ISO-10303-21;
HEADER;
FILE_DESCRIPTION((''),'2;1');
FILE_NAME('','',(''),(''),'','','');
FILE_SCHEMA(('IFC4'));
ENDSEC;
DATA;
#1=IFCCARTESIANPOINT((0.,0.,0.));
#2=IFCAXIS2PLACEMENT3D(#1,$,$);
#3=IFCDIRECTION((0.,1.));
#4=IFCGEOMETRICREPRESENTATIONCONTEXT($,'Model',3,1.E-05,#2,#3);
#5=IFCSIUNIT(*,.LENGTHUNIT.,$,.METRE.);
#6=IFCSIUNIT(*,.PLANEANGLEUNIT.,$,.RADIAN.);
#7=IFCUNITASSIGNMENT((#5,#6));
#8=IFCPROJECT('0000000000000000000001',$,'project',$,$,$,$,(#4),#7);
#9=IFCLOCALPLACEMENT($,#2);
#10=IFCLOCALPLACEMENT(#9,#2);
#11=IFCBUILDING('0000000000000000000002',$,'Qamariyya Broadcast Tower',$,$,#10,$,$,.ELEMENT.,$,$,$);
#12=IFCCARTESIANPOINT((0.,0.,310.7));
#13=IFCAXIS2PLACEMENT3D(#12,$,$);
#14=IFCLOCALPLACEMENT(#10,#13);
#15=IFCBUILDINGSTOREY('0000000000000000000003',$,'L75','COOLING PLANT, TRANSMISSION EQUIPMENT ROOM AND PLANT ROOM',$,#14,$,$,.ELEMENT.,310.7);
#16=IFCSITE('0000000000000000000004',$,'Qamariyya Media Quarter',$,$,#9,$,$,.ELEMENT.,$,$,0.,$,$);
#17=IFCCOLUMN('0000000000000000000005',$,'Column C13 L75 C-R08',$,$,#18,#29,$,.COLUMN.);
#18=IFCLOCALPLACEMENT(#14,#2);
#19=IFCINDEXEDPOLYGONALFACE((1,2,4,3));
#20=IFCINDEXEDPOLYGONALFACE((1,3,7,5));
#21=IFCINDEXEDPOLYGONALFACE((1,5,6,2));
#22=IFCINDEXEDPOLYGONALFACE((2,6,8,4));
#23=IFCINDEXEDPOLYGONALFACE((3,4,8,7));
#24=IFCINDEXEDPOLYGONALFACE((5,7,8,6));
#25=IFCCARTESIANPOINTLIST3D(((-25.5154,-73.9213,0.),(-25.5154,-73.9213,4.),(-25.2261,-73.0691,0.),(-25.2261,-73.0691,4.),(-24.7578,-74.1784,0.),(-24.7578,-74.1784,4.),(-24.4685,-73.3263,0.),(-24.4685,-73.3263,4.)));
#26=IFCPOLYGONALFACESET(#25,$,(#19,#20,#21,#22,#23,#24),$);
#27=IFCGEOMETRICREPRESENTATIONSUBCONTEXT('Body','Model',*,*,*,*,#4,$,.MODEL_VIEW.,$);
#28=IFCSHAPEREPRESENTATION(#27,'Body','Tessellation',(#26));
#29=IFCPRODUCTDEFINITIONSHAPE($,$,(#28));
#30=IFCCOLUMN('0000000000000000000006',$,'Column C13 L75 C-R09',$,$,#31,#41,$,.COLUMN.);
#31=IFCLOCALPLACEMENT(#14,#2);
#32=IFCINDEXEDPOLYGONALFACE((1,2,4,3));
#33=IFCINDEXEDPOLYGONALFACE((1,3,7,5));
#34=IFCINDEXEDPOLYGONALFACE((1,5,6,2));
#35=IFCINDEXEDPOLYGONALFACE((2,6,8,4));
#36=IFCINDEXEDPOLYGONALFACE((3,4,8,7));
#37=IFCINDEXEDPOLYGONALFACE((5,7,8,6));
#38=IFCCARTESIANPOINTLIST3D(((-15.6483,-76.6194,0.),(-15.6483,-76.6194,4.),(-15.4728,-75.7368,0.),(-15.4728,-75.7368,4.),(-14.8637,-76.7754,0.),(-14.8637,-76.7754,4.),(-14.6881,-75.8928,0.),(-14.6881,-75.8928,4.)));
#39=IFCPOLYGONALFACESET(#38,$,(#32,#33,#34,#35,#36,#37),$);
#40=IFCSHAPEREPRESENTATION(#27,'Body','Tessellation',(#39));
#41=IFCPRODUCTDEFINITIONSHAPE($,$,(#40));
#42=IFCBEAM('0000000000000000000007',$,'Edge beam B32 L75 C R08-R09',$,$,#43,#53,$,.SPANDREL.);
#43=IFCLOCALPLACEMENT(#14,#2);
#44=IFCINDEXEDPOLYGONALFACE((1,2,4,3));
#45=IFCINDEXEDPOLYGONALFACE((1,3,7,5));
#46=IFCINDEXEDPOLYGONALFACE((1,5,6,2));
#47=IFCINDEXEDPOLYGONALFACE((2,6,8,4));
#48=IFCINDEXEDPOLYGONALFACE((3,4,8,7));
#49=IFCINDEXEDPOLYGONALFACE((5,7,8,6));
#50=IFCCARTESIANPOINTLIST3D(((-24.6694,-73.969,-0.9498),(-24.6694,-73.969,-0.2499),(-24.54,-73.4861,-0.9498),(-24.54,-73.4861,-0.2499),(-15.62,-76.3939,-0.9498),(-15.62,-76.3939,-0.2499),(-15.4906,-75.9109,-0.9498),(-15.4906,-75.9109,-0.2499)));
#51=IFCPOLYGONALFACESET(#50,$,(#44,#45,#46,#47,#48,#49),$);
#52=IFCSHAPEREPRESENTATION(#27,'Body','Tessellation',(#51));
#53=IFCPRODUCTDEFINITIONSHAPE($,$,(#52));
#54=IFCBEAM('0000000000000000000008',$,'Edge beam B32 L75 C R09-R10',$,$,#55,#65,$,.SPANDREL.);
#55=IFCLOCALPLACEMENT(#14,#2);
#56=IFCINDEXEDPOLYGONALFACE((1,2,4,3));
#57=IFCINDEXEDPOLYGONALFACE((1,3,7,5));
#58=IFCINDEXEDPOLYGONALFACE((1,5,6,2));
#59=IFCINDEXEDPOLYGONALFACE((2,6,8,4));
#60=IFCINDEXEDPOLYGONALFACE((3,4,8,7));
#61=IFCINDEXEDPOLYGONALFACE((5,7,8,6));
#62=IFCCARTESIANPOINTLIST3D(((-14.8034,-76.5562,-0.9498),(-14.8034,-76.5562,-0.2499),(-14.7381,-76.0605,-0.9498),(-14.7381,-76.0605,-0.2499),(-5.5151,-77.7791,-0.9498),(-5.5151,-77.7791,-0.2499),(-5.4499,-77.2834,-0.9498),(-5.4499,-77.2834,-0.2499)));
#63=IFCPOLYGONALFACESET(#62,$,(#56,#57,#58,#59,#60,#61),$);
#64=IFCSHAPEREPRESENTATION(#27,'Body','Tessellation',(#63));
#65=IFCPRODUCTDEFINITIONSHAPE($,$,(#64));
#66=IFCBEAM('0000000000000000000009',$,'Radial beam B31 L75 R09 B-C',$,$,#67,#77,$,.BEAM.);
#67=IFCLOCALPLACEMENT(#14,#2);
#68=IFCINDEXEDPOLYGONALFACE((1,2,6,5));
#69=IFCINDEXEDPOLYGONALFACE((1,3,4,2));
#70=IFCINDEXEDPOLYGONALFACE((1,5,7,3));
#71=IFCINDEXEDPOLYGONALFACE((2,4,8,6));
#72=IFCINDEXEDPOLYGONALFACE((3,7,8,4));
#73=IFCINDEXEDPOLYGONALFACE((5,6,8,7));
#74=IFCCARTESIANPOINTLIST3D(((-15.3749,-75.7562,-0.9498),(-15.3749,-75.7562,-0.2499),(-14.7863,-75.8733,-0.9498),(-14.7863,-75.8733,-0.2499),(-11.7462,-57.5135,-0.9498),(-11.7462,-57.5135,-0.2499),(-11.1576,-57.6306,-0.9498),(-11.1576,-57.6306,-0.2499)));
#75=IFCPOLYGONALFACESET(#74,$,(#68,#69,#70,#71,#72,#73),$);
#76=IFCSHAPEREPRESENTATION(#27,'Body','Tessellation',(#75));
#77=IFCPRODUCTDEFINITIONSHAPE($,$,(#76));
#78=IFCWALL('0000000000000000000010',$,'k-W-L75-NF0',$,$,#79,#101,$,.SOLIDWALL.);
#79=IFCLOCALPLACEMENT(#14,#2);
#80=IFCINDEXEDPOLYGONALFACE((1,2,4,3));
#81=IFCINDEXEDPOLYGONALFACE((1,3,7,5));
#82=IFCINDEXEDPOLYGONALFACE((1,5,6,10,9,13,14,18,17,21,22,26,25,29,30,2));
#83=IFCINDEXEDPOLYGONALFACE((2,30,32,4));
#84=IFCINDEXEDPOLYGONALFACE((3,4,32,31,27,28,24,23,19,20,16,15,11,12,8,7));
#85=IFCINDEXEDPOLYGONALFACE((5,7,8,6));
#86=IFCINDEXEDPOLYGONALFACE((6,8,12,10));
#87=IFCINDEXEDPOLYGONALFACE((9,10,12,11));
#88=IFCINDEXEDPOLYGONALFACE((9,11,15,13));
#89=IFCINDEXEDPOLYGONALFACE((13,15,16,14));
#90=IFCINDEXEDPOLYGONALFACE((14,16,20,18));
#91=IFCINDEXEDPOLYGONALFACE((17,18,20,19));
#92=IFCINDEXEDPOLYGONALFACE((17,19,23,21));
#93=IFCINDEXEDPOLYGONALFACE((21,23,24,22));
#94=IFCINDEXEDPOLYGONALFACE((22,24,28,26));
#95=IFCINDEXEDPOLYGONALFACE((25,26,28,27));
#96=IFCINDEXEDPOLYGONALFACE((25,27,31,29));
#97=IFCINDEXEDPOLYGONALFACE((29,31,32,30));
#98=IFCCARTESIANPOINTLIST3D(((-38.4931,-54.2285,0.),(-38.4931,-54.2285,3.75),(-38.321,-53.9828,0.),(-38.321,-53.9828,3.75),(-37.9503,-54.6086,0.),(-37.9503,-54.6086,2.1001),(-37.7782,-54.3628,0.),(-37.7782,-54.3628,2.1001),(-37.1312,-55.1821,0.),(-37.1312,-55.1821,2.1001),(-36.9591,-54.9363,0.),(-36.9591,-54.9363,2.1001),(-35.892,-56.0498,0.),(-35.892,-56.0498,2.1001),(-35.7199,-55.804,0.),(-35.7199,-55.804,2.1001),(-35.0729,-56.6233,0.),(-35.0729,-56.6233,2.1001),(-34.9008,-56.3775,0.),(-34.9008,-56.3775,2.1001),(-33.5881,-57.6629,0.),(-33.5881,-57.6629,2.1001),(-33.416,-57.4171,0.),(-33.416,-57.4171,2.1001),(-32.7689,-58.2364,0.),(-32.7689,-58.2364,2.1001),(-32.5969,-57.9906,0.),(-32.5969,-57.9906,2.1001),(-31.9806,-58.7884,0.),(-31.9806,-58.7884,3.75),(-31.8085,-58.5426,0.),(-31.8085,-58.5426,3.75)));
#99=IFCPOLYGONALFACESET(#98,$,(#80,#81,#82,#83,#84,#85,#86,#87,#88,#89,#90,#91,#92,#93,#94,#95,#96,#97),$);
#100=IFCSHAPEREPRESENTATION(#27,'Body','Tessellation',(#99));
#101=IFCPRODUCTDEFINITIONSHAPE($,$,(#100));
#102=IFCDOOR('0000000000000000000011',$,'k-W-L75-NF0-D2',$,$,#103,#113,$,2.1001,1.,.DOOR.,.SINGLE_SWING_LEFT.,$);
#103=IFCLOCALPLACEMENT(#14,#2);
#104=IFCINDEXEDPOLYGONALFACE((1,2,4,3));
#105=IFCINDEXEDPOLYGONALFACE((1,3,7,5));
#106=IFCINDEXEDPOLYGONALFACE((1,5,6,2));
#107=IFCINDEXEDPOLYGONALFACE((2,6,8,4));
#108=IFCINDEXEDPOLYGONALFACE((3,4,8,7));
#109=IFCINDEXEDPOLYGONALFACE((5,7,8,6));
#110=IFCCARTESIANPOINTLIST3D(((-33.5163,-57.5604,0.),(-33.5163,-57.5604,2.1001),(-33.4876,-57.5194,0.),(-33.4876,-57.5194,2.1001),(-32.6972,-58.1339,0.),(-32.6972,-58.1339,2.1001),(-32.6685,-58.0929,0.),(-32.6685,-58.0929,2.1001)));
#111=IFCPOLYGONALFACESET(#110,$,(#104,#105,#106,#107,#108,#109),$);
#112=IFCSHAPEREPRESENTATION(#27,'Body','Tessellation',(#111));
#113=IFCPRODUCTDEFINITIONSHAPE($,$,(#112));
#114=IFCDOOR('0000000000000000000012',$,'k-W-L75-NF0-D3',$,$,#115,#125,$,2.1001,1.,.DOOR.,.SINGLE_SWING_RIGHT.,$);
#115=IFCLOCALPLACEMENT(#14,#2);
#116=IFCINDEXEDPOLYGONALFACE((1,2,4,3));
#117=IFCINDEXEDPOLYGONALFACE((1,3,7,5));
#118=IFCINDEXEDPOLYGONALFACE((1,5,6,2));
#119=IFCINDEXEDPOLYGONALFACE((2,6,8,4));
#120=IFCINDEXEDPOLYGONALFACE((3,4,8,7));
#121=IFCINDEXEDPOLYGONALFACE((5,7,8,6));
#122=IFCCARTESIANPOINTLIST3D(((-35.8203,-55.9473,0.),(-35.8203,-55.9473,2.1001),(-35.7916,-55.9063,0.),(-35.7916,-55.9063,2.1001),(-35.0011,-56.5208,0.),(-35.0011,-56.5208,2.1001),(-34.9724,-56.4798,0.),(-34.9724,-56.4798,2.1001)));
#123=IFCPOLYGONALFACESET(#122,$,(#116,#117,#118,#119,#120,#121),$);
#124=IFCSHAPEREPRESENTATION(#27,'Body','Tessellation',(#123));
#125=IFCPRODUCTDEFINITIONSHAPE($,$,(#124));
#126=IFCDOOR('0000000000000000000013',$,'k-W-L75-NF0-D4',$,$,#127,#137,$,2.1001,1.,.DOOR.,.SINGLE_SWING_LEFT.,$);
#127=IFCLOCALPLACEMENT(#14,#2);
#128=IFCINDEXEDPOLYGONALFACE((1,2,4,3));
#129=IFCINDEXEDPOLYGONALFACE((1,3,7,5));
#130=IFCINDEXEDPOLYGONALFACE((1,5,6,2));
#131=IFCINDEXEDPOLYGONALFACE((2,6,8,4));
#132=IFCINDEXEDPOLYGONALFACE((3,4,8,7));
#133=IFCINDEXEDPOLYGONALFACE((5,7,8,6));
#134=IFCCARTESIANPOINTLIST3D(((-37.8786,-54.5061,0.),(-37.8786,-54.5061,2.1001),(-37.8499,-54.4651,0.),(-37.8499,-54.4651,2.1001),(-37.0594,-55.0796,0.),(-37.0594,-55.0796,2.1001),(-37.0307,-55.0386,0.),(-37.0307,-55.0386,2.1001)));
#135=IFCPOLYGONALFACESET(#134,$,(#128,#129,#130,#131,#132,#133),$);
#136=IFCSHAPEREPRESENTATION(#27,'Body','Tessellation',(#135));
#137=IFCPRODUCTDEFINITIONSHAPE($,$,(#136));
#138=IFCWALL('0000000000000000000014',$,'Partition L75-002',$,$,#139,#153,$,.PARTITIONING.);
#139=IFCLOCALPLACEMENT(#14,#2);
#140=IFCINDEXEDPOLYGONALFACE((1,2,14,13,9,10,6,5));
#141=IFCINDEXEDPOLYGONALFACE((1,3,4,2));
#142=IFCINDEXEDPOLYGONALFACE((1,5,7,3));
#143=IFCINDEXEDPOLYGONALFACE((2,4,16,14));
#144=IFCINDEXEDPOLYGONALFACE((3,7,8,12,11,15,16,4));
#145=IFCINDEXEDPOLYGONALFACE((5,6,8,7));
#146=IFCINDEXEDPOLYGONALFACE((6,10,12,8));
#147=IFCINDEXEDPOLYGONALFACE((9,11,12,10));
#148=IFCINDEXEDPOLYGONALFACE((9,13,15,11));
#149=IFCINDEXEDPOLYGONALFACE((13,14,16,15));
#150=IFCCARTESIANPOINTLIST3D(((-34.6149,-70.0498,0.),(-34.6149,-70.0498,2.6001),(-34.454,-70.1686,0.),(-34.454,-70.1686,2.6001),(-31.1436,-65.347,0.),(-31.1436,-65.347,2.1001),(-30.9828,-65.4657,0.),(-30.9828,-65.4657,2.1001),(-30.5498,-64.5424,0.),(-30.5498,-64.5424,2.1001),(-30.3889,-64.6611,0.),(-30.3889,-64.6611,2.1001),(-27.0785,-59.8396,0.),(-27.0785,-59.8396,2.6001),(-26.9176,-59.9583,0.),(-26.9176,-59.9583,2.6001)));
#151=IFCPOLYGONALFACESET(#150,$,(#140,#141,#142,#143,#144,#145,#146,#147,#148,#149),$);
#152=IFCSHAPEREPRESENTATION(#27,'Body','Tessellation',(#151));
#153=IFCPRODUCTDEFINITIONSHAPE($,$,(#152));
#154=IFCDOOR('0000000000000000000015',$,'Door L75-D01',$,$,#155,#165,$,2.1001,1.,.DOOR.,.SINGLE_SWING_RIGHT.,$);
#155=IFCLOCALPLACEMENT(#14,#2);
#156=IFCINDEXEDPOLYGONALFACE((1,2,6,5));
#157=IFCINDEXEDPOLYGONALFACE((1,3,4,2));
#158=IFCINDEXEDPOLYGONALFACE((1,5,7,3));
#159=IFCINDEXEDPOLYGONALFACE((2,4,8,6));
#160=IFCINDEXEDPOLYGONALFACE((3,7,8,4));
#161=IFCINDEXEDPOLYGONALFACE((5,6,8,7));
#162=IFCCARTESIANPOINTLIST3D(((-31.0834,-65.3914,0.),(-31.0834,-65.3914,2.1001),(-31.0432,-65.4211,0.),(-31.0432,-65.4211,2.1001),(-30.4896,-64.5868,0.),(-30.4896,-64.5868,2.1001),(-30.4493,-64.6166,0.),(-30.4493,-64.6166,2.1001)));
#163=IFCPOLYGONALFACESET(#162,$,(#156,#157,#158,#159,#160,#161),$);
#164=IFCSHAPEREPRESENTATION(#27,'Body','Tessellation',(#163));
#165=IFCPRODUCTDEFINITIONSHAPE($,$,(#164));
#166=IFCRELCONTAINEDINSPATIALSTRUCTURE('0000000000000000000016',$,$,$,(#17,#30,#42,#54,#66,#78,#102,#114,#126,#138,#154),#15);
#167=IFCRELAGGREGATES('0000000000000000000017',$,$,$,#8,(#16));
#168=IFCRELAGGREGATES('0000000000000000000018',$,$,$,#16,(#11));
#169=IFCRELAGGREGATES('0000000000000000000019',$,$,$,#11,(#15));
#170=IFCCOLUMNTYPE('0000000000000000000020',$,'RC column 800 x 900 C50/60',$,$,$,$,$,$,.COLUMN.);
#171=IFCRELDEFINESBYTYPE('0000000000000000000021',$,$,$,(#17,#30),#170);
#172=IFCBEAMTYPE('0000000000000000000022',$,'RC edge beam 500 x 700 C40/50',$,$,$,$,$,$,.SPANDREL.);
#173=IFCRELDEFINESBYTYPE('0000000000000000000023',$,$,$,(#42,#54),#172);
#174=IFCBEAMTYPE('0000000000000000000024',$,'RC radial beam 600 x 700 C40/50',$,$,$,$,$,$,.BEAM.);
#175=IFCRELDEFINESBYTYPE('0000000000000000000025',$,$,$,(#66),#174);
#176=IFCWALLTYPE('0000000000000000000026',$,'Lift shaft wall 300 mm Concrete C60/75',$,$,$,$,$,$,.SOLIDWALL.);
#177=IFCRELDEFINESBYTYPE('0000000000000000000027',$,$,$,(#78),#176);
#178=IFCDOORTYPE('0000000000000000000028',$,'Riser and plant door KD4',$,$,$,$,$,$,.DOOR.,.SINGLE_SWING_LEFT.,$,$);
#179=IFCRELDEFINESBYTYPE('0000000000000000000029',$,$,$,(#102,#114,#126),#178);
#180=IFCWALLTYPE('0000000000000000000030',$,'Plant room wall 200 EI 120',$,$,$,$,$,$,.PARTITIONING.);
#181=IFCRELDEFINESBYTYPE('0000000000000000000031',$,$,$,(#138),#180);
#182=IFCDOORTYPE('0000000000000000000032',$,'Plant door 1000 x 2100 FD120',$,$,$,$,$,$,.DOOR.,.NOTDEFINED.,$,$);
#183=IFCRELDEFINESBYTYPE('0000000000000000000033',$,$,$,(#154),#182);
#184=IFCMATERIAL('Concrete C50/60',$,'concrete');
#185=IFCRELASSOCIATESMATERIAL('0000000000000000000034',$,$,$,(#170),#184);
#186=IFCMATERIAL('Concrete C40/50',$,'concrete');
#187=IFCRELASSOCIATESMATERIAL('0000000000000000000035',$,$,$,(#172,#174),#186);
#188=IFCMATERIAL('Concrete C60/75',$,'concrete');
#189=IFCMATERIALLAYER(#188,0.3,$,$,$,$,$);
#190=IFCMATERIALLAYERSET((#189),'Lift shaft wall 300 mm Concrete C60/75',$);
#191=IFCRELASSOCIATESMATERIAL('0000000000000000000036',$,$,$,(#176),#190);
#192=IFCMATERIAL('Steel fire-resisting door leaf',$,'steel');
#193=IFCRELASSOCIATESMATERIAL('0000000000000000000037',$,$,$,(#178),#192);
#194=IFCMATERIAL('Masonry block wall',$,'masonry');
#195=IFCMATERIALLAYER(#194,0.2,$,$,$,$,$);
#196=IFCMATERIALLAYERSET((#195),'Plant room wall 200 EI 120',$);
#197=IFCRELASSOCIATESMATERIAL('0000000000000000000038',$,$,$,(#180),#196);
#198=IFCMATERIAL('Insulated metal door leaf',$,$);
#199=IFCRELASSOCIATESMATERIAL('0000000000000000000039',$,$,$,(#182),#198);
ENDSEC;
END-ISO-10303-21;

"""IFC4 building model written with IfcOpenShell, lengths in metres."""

from ifc_helpers import new_model, si_unit, direction, frame, frame_2d, origin, origin_2d, place, context, subcontext, project, spatial, rectangle, extrude, material, layer, layer_set, material_profile, profile_set, type_object, element, fill, save


model = new_model("IFC4")

# Units and contexts
model_context = context("Model", 3, precision=1e-05, world=origin(), true_north=direction((0.0, 1.0)))
body_context = subcontext(model_context, "Body", "Model", "MODEL_VIEW")
ifc_project = project(units=[si_unit("LENGTHUNIT", "METRE"), si_unit("PLANEANGLEUNIT", "RADIAN")], contexts=[model_context])

# Site, building, storey
site_placement = place(None, origin())
site = spatial("IfcSite", under=ifc_project, at=site_placement, Name="Qamariyya Media Quarter", CompositionType="ELEMENT", RefElevation=0.0)
building_placement = place(site_placement, origin())
building = spatial("IfcBuilding", under=site, at=building_placement, Name="Qamariyya Broadcast Tower", CompositionType="ELEMENT")
storey_placement = place(building_placement, frame((0.0, 0.0, 310.7)))
storey = spatial("IfcBuildingStorey", under=building, at=storey_placement, Name="L75", Description="COOLING PLANT, TRANSMISSION EQUIPMENT ROOM AND PLANT ROOM", CompositionType="ELEMENT", Elevation=310.7)

# Columns
ifc_material_1 = material(Name="Concrete C50/60", Category="concrete")
ifc_material_profile_1 = material_profile(ifc_material_1, rectangle(XDim=0.8, YDim=0.8999, at=origin_2d()))
ifc_profile_set_1 = profile_set([ifc_material_profile_1], Name="Concrete C50/60")
column_type = type_object("IfcColumnType", Name="RC column 800 x 900 C50/60", PredefinedType="COLUMN", material=ifc_profile_set_1)
for number, where, z_axis, x_axis, name in (
    (1, (-24.9919, -73.6238, 0.0), (0.0, 0.0, 1.0), (0.94693, -0.321439, 0.0), "Column C13 L75 C-R08"),
    (2, (-15.1682, -76.2561, 0.0), (0.0, 0.0, 1.0), (0.980785, -0.19509, 0.0), "Column C13 L75 C-R09"),
):
    element("IfcColumn", number, at=place(storey_placement, frame(where, z_axis=z_axis, x_axis=x_axis)), inside=storey, type_object=column_type, Name=name, PredefinedType="COLUMN", context=body_context, shape_type="SweptSolid", body=[
        extrude(rectangle(XDim=0.8, YDim=0.8999, at=origin_2d()), origin(), (0.0, 0.0, 1.0), 4.0),
    ])

# Beams
ifc_material_2 = material(Name="Concrete C40/50", Category="concrete")
ifc_material_profile_2 = material_profile(ifc_material_2, rectangle(XDim=0.5, YDim=0.7, at=origin_2d()))
ifc_profile_set_2 = profile_set([ifc_material_profile_2], Name="Concrete C40/50")
beam_type_1 = type_object("IfcBeamType", Name="RC edge beam 500 x 700 C40/50", PredefinedType="SPANDREL", material=ifc_profile_set_2)
beam_1_placement = place(storey_placement, frame((-24.6047, -73.7275, -0.5999), z_axis=(0.965925, -0.258824, 0.0), x_axis=(0.258824, 0.965925, 0.0)))
element("IfcBeam", 3, at=beam_1_placement, inside=storey, type_object=beam_type_1, Name="Edge beam B32 L75 C R08-R09", PredefinedType="SPANDREL", context=body_context, shape_type="SweptSolid", body=[
    extrude(rectangle(XDim=0.5, YDim=0.7, at=origin_2d()), origin(), (0.0, 0.0, 1.0), 9.3687),
])
beam_2_placement = place(storey_placement, frame((-14.7708, -76.3083, -0.5999), z_axis=(0.991444, -0.130533, 0.0), x_axis=(0.130533, 0.991444, 0.0)))
element("IfcBeam", 4, at=beam_2_placement, inside=storey, type_object=beam_type_1, Name="Edge beam B32 L75 C R09-R10", PredefinedType="SPANDREL", context=body_context, shape_type="SweptSolid", body=[
    extrude(rectangle(XDim=0.5, YDim=0.7, at=origin_2d()), origin(), (0.0, 0.0, 1.0), 9.3684),
])
ifc_material_profile_3 = material_profile(ifc_material_2, rectangle(XDim=0.6001, YDim=0.7, at=origin_2d()))
ifc_profile_set_3 = profile_set([ifc_material_profile_3], Name="Concrete C40/50")
beam_type_2 = type_object("IfcBeamType", Name="RC radial beam 600 x 700 C40/50", PredefinedType="BEAM", material=ifc_profile_set_3)
beam_3_placement = place(storey_placement, frame((-11.4519, -57.572, -0.5999), z_axis=(-0.195089, -0.980786, 0.0), x_axis=(0.980786, -0.195089, 0.0)))
element("IfcBeam", 5, at=beam_3_placement, inside=storey, type_object=beam_type_2, Name="Radial beam B31 L75 R09 B-C", PredefinedType="BEAM", context=body_context, shape_type="SweptSolid", body=[
    extrude(rectangle(XDim=0.6001, YDim=0.7, at=origin_2d()), origin(), (0.0, 0.0, 1.0), 18.6001),
])

# Wall, openings, doors
ifc_material_3 = material(Name="Concrete C60/75", Category="concrete")
ifc_layer_1 = layer(ifc_material_3, 0.3)
ifc_layer_set_1 = layer_set([ifc_layer_1], Name="Lift shaft wall 300 mm Concrete C60/75")
wall_type_1 = type_object("IfcWallType", Name="Lift shaft wall 300 mm Concrete C60/75", PredefinedType="SOLIDWALL", material=ifc_layer_set_1)
wall_1_placement = place(storey_placement, frame((-31.8945, -58.6655, 0.0), z_axis=(0.0, 0.0, 1.0), x_axis=(-0.819167, 0.573555, 0.0)))
wall_1 = element("IfcWall", 6, at=wall_1_placement, inside=storey, type_object=wall_type_1, Name="k-W-L75-NF0", PredefinedType="SOLIDWALL", context=body_context, shape_type="SweptSolid", body=[
    extrude(rectangle(XDim=7.9502, YDim=0.3, at=frame_2d((3.9751, 0.0))), origin(), (0.0, 0.0, 1.0), 3.75),
])
opening_1_placement = place(wall_1_placement, frame((0.9624, 0.0, 0.0)))
opening_1 = element("IfcOpeningElement", 7, at=opening_1_placement, cuts=wall_1, PredefinedType="OPENING", context=body_context, shape_type="SweptSolid", body=[
    extrude(rectangle(XDim=1.0, YDim=2.1001, at=frame_2d((0.5, 1.05))), frame((0.0, 0.1599, 0.0), z_axis=(0.0, -1.0, 0.0), x_axis=(1.0, 0.0, 0.0)), (0.0, 0.0, 1.0), 0.3201),
])
opening_2_placement = place(wall_1_placement, frame((3.7749, 0.0, 0.0)))
opening_2 = element("IfcOpeningElement", 8, at=opening_2_placement, cuts=wall_1, PredefinedType="OPENING", context=body_context, shape_type="SweptSolid", body=[
    extrude(rectangle(XDim=1.0, YDim=2.1001, at=frame_2d((0.5, 1.05))), frame((0.0, 0.1599, 0.0), z_axis=(0.0, -1.0, 0.0), x_axis=(1.0, 0.0, 0.0)), (0.0, 0.0, 1.0), 0.3201),
])
opening_3_placement = place(wall_1_placement, frame((6.2876, 0.0, 0.0)))
opening_3 = element("IfcOpeningElement", 9, at=opening_3_placement, cuts=wall_1, PredefinedType="OPENING", context=body_context, shape_type="SweptSolid", body=[
    extrude(rectangle(XDim=1.0, YDim=2.1001, at=frame_2d((0.5, 1.05))), frame((0.0, 0.1599, 0.0), z_axis=(0.0, -1.0, 0.0), x_axis=(1.0, 0.0, 0.0)), (0.0, 0.0, 1.0), 0.3201),
])
ifc_material_4 = material(Name="Steel fire-resisting door leaf", Category="steel")
door_type_1 = type_object("IfcDoorType", Name="Riser and plant door KD4", OperationType="SINGLE_SWING_LEFT", PredefinedType="DOOR", material=ifc_material_4)
door_1_placement = place(opening_1_placement, origin())
door_1 = element("IfcDoor", 10, at=door_1_placement, inside=storey, type_object=door_type_1, Name="k-W-L75-NF0-D2", OperationType="SINGLE_SWING_LEFT", OverallHeight=2.1001, OverallWidth=1.0, PredefinedType="DOOR", context=body_context, shape_type="SweptSolid", body=[
    extrude(rectangle(XDim=1.0, YDim=2.1001, at=frame_2d((0.5, 1.05))), frame((0.0, 0.0249, 0.0), z_axis=(0.0, -1.0, 0.0), x_axis=(1.0, 0.0, 0.0)), (0.0, 0.0, 1.0), 0.05),
])
fill(opening_1, door_1)
door_2_placement = place(opening_2_placement, origin())
door_2 = element("IfcDoor", 11, at=door_2_placement, inside=storey, type_object=door_type_1, Name="k-W-L75-NF0-D3", OperationType="SINGLE_SWING_RIGHT", OverallHeight=2.1001, OverallWidth=1.0, PredefinedType="DOOR", context=body_context, shape_type="SweptSolid", body=[
    extrude(rectangle(XDim=1.0, YDim=2.1001, at=frame_2d((0.5, 1.05))), frame((0.0, 0.0249, 0.0), z_axis=(0.0, -1.0, 0.0), x_axis=(1.0, 0.0, 0.0)), (0.0, 0.0, 1.0), 0.05),
])
fill(opening_2, door_2)
door_3_placement = place(opening_3_placement, origin())
door_3 = element("IfcDoor", 12, at=door_3_placement, inside=storey, type_object=door_type_1, Name="k-W-L75-NF0-D4", OperationType="SINGLE_SWING_LEFT", OverallHeight=2.1001, OverallWidth=1.0, PredefinedType="DOOR", context=body_context, shape_type="SweptSolid", body=[
    extrude(rectangle(XDim=1.0, YDim=2.1001, at=frame_2d((0.5, 1.05))), frame((0.0, 0.0249, 0.0), z_axis=(0.0, -1.0, 0.0), x_axis=(1.0, 0.0, 0.0)), (0.0, 0.0, 1.0), 0.05),
])
fill(opening_3, door_3)

# Wall, opening, door
ifc_material_5 = material(Name="Masonry block wall", Category="masonry")
ifc_layer_2 = layer(ifc_material_5, 0.2)
ifc_layer_set_2 = layer_set([ifc_layer_2], Name="Plant room wall 200 EI 120")
wall_type_2 = type_object("IfcWallType", Name="Plant room wall 200 EI 120", PredefinedType="PARTITIONING", material=ifc_layer_set_2)
wall_2_placement = place(storey_placement, frame((-26.998, -59.8989, 0.0), z_axis=(0.0, 0.0, 1.0), x_axis=(-0.593866, -0.804564, 0.0)))
wall_2 = element("IfcWall", 13, at=wall_2_placement, inside=storey, type_object=wall_type_2, Name="Partition L75-002", PredefinedType="PARTITIONING", context=body_context, shape_type="SweptSolid", body=[
    extrude(rectangle(XDim=12.6904, YDim=0.2, at=frame_2d((6.3452, 0.0))), origin(), (0.0, 0.0, 1.0), 2.6001),
])
opening_4_placement = place(wall_2_placement, frame((5.8452, 0.0, 0.0)))
opening_4 = element("IfcOpeningElement", 14, at=opening_4_placement, cuts=wall_2, PredefinedType="OPENING", context=body_context, shape_type="SweptSolid", body=[
    extrude(rectangle(XDim=1.0, YDim=2.1001, at=frame_2d((0.5, 1.05))), frame((0.0, 0.1099, 0.0), z_axis=(0.0, -1.0, 0.0), x_axis=(1.0, 0.0, 0.0)), (0.0, 0.0, 1.0), 0.22),
])
ifc_material_6 = material(Name="Insulated metal door leaf")
door_type_2 = type_object("IfcDoorType", Name="Plant door 1000 x 2100 FD120", OperationType="NOTDEFINED", PredefinedType="DOOR", material=ifc_material_6)
door_4_placement = place(opening_4_placement, origin())
door_4 = element("IfcDoor", 15, at=door_4_placement, inside=storey, type_object=door_type_2, Name="Door L75-D01", OperationType="SINGLE_SWING_RIGHT", OverallHeight=2.1001, OverallWidth=1.0, PredefinedType="DOOR", context=body_context, shape_type="SweptSolid", body=[
    extrude(rectangle(XDim=1.0, YDim=2.1001, at=frame_2d((0.5, 1.05))), frame((0.0, 0.0249, 0.0), z_axis=(0.0, -1.0, 0.0), x_axis=(1.0, 0.0, 0.0)), (0.0, 0.0, 1.0), 0.05),
])
fill(opening_4, door_4)

save(model, "model.ifc")
